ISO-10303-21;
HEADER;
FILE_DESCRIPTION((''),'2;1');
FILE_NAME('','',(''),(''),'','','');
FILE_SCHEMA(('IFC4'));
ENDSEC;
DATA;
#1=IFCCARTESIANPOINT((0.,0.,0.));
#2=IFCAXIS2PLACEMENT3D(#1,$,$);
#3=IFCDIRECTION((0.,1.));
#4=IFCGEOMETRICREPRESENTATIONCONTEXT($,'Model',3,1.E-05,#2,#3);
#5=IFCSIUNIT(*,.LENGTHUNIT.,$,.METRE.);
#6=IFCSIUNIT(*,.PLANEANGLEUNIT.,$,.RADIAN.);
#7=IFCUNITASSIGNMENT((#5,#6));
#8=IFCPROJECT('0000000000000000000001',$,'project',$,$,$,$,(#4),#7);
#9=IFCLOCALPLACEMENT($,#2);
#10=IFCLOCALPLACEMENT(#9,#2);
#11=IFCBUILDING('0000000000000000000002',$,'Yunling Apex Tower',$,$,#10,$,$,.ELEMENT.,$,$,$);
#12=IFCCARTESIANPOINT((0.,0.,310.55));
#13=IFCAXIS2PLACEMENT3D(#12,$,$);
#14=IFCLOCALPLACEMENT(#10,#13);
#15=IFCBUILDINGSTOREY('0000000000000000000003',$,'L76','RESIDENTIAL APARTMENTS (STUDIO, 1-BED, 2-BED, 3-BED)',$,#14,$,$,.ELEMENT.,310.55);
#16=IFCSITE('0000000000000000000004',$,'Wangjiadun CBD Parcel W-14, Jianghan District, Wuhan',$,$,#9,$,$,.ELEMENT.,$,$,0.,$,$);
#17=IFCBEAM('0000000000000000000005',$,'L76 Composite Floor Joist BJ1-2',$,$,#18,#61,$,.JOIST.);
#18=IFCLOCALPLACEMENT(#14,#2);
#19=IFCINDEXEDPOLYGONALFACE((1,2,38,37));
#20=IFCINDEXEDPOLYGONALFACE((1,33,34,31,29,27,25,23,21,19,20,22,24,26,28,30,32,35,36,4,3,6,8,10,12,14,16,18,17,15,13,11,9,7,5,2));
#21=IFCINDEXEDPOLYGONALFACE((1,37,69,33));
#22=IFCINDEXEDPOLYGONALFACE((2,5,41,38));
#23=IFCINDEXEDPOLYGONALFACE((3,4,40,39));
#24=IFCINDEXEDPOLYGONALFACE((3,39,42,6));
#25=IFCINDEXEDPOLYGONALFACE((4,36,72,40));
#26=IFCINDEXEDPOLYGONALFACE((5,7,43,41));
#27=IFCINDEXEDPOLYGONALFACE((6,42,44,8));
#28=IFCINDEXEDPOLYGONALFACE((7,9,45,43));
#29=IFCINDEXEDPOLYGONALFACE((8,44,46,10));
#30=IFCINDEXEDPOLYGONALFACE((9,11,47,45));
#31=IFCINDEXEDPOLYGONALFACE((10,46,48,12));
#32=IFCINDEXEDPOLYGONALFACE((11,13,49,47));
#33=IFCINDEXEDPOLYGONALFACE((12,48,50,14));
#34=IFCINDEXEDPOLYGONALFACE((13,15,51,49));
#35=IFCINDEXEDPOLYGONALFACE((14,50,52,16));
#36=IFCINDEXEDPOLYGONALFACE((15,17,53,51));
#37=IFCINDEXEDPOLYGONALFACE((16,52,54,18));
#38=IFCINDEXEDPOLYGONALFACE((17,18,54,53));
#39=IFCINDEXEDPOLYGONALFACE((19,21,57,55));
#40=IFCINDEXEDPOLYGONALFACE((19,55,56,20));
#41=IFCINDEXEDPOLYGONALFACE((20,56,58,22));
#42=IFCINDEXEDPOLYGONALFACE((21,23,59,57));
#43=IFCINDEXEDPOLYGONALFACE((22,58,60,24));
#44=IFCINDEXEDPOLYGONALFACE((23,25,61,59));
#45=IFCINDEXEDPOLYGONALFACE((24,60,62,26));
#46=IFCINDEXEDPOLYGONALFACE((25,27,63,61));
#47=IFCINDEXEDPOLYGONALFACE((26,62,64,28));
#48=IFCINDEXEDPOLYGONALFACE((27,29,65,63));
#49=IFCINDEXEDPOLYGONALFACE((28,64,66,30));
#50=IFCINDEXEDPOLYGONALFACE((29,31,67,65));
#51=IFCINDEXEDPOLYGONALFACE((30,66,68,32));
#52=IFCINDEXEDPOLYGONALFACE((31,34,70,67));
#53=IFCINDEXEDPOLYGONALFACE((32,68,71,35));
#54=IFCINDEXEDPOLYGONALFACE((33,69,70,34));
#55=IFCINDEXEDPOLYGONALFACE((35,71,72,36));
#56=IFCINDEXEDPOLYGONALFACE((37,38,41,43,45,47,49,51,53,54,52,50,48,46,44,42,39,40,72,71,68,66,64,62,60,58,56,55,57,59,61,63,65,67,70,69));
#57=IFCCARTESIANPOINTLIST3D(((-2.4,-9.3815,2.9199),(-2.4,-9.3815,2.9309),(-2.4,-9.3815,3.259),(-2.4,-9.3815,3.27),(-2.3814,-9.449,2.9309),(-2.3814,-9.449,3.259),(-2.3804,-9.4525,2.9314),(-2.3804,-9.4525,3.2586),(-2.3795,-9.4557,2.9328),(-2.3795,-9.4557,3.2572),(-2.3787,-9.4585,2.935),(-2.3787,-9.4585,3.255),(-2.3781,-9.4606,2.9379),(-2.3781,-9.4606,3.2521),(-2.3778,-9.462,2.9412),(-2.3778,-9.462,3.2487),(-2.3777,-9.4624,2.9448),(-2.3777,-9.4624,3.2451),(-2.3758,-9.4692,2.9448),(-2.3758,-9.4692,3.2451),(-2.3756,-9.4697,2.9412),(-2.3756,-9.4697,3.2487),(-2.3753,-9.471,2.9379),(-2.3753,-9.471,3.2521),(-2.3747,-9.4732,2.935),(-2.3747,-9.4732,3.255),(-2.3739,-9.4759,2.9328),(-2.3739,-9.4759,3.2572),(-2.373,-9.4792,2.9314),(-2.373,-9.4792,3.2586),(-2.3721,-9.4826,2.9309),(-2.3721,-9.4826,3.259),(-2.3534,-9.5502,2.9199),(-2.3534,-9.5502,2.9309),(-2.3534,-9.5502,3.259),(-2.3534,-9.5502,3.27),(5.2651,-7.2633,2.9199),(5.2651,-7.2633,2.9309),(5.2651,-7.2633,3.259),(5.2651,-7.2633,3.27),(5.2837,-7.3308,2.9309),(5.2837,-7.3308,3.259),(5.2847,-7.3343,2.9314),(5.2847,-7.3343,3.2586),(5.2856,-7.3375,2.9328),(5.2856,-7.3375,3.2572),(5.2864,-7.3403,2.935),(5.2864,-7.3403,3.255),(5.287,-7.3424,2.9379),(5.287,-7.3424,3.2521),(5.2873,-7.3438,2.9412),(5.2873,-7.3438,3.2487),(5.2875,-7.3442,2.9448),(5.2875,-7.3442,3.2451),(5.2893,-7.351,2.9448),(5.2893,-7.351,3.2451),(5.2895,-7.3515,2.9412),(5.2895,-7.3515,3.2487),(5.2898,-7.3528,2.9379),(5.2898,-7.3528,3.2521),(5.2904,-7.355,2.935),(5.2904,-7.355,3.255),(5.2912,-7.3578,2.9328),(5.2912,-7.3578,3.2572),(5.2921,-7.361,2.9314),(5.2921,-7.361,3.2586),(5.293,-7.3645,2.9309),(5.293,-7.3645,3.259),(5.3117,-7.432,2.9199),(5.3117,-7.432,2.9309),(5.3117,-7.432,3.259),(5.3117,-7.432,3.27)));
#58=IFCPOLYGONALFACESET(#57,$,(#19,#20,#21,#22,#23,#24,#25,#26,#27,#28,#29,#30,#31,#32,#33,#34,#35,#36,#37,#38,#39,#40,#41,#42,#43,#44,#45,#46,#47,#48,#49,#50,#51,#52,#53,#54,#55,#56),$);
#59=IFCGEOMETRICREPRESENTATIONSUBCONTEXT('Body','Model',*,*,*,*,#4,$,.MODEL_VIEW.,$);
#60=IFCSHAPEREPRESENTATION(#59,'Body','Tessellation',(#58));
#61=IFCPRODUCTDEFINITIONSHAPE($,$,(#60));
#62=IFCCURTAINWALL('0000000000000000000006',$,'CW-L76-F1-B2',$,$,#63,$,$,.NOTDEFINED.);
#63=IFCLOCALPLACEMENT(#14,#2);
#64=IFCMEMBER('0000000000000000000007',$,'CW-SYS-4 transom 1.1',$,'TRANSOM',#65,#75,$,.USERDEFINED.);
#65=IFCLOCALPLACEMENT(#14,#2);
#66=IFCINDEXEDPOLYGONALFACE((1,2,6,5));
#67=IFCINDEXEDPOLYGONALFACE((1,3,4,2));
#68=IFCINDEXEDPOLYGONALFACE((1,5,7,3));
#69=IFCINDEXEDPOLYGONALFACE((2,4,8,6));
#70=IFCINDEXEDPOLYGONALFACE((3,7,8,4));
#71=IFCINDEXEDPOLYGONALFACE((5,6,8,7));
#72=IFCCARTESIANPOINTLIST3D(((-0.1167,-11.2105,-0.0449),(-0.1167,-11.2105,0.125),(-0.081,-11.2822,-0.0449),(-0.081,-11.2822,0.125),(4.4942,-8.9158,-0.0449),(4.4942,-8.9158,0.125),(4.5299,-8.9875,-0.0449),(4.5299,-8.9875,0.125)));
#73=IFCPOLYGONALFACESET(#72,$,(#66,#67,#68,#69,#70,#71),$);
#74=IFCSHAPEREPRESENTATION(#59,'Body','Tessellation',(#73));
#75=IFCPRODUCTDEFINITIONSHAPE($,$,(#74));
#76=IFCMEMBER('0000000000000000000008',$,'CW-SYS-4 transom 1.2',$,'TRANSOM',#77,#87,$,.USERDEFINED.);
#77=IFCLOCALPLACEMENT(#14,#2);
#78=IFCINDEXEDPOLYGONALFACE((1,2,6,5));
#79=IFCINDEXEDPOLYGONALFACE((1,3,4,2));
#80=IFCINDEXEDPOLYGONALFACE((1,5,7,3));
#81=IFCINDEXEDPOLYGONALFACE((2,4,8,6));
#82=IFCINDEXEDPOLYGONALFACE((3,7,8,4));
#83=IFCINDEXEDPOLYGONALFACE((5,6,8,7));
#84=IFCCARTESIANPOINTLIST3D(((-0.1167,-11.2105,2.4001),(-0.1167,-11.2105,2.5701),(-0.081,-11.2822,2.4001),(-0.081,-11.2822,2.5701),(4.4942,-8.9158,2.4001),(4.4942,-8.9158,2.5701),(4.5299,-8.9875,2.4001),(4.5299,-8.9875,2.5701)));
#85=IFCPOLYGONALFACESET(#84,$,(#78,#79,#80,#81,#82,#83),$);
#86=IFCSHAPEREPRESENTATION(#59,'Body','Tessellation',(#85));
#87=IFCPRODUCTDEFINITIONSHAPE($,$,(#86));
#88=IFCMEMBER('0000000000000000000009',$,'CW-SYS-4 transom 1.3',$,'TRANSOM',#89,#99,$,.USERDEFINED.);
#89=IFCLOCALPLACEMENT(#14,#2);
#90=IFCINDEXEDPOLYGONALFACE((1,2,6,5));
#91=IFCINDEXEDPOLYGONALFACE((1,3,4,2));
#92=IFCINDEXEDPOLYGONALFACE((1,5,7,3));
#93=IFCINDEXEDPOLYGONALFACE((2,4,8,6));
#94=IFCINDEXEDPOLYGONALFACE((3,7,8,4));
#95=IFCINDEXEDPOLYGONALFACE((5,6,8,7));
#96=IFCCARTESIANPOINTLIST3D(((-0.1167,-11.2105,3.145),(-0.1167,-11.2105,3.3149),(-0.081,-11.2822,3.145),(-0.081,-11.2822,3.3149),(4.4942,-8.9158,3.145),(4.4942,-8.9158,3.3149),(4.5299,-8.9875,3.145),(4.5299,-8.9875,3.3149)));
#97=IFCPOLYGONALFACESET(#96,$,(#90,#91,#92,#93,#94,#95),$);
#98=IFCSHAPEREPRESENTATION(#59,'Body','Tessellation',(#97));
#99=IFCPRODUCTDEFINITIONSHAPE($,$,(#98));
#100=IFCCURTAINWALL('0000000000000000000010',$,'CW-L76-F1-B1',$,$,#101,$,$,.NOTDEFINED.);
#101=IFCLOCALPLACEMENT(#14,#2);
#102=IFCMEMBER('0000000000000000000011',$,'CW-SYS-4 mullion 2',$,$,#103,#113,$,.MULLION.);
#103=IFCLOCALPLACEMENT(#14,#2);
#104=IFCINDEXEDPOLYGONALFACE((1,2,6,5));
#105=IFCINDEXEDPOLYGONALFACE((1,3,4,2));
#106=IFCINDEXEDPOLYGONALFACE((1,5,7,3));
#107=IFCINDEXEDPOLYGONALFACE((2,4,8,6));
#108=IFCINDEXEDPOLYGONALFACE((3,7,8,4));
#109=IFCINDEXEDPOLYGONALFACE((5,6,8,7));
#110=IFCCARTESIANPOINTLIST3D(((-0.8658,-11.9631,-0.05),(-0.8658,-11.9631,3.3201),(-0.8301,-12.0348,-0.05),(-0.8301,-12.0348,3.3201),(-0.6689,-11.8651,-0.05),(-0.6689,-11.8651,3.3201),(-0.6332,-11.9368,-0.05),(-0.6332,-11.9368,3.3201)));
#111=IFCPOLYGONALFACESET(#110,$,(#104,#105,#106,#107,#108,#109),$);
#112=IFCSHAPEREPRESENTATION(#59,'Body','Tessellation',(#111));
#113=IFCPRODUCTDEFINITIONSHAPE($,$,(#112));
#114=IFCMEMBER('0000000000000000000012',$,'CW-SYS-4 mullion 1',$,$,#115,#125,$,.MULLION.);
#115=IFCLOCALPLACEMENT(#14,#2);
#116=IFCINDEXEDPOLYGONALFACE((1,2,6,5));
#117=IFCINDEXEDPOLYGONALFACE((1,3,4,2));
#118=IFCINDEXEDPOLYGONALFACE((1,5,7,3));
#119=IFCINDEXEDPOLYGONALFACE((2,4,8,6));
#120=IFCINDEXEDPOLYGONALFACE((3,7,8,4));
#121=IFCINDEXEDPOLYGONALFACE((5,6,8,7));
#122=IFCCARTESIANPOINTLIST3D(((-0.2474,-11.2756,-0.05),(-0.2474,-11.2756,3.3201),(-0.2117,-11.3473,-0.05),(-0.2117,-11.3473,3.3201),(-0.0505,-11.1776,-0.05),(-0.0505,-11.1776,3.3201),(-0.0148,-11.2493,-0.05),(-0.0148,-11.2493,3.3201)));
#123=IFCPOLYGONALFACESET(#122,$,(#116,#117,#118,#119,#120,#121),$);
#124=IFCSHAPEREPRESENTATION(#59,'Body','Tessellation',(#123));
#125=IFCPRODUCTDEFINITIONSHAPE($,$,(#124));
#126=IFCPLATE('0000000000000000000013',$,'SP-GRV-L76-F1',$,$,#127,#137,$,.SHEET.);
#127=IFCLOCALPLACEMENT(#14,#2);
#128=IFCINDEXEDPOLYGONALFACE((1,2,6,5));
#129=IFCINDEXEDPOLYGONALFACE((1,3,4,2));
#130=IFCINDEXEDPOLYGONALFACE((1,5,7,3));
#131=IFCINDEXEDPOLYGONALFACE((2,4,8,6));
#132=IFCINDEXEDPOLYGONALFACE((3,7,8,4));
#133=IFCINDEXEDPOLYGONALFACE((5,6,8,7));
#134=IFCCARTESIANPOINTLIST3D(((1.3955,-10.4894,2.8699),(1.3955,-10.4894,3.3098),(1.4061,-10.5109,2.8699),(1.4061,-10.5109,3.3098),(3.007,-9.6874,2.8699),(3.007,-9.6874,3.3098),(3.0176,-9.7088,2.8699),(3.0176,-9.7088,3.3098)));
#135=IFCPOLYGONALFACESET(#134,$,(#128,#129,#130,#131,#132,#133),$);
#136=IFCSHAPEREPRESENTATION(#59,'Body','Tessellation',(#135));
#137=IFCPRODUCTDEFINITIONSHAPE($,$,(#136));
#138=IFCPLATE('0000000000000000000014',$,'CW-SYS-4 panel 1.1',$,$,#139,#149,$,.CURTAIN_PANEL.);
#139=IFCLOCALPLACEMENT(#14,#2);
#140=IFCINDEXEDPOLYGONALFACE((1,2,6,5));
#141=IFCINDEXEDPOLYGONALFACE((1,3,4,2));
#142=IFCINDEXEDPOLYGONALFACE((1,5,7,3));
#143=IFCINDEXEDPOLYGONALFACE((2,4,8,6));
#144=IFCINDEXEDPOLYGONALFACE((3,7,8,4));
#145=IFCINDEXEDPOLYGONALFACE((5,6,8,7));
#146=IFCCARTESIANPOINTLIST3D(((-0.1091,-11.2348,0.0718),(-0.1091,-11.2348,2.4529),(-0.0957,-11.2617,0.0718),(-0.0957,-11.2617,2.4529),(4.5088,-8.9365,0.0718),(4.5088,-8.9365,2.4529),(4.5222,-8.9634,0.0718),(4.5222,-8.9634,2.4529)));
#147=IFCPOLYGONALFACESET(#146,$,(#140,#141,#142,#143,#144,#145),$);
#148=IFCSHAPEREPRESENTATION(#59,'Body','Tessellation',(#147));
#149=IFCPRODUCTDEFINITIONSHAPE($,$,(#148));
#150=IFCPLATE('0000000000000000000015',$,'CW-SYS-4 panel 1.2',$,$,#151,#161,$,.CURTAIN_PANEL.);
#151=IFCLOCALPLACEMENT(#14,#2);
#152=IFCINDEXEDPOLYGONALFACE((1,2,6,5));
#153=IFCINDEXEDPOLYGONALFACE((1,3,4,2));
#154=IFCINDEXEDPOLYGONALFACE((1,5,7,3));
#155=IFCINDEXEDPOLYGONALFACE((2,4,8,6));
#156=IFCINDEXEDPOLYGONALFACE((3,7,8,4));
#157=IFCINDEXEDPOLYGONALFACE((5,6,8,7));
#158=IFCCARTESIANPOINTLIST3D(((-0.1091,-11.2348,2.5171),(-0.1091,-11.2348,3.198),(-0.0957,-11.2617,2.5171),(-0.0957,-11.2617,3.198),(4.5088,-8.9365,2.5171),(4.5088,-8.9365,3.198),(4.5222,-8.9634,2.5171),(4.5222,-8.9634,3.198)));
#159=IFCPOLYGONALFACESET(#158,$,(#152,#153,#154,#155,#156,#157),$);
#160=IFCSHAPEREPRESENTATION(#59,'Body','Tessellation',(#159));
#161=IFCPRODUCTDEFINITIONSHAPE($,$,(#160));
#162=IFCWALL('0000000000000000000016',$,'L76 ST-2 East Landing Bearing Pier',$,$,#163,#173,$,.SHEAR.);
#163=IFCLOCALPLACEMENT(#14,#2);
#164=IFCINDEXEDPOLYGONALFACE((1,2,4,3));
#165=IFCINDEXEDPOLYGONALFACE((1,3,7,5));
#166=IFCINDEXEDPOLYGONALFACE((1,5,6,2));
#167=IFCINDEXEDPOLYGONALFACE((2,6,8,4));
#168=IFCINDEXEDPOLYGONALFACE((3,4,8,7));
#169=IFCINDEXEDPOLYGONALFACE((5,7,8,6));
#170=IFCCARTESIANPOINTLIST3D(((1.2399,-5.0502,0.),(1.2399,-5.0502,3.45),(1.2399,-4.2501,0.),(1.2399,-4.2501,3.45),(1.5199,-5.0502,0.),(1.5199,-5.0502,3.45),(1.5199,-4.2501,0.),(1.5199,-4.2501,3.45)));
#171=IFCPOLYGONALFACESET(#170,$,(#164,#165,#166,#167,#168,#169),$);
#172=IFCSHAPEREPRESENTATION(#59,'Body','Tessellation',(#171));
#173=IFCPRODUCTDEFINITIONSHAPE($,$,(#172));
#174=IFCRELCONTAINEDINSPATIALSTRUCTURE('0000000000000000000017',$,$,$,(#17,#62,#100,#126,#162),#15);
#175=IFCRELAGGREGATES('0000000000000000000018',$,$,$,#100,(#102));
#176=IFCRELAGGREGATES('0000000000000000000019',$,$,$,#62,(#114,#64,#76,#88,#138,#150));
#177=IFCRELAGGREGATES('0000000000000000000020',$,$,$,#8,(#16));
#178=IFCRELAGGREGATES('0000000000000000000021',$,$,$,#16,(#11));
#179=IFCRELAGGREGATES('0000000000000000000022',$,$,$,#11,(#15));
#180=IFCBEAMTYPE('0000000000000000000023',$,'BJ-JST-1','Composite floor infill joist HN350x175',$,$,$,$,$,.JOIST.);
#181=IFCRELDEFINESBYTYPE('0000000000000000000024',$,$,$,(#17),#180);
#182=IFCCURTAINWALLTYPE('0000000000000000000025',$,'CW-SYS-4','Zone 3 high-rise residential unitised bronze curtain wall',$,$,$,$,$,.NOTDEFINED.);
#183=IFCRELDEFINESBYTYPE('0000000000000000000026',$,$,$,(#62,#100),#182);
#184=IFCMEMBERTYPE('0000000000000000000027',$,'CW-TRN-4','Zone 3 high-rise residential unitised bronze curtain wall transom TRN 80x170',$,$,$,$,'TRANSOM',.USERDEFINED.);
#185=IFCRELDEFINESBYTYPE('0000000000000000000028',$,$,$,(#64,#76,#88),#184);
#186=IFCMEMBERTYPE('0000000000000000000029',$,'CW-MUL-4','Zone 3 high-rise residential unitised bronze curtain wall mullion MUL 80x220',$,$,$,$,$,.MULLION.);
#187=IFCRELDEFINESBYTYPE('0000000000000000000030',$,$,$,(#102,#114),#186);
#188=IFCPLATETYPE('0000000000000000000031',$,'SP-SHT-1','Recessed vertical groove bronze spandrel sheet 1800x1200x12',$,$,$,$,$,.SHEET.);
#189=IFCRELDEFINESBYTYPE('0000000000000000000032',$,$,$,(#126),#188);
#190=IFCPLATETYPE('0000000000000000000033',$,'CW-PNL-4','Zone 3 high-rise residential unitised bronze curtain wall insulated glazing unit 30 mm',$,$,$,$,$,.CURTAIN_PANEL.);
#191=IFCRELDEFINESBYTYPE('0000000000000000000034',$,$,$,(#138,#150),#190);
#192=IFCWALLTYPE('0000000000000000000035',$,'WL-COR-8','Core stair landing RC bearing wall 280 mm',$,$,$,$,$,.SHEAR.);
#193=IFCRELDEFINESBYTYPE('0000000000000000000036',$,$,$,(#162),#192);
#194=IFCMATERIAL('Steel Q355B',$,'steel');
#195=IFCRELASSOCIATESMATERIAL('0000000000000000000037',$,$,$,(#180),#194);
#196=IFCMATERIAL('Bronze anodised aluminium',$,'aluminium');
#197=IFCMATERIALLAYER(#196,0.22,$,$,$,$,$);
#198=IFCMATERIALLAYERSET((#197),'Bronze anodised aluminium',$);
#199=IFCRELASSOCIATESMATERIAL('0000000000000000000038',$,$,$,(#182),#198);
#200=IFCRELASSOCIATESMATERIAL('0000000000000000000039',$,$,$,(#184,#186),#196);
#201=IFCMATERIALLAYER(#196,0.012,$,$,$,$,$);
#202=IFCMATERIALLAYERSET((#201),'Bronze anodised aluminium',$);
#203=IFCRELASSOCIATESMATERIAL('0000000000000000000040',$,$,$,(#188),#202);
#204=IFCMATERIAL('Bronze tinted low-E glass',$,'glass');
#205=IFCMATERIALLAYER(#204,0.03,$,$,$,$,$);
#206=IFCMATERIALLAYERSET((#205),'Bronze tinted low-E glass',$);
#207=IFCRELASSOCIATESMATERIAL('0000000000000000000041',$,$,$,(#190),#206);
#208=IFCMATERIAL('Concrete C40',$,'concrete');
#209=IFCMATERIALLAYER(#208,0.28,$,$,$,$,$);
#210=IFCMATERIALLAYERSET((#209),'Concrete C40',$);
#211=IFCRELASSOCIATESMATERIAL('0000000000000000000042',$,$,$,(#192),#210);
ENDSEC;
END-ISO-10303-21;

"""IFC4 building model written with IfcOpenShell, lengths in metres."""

from ifc_helpers import new_model, si_unit, direction, frame, frame_2d, origin, origin_2d, place, context, subcontext, project, spatial, rectangle, i_section, extrude, source, transform, mapped, material, layer, layer_set, material_profile, profile_set, type_object, element, aggregate, save


model = new_model("IFC4")

# Units and contexts
model_context = context("Model", 3, precision=1e-05, world=origin(), true_north=direction((0.0, 1.0)))
body_context = subcontext(model_context, "Body", "Model", "MODEL_VIEW")
ifc_project = project(units=[si_unit("LENGTHUNIT", "METRE"), si_unit("PLANEANGLEUNIT", "RADIAN")], contexts=[model_context])

# Site, building, storey
site_placement = place(None, origin())
site = spatial("IfcSite", under=ifc_project, at=site_placement, Name="Wangjiadun CBD Parcel W-14, Jianghan District, Wuhan", CompositionType="ELEMENT", RefElevation=0.0)
building_placement = place(site_placement, origin())
building = spatial("IfcBuilding", under=site, at=building_placement, Name="Yunling Apex Tower", CompositionType="ELEMENT")
storey_placement = place(building_placement, frame((0.0, 0.0, 310.55)))
storey = spatial("IfcBuildingStorey", under=building, at=storey_placement, Name="L76", Description="RESIDENTIAL APARTMENTS (STUDIO, 1-BED, 2-BED, 3-BED)", CompositionType="ELEMENT", Elevation=310.55)

# Shared definitions
ifc_material_1 = material(Name="Steel Q355B", Category="steel")

# Beam
ifc_material_profile_1 = material_profile(ifc_material_1, i_section(OverallWidth=0.175, OverallDepth=0.3501, WebThickness=0.0071, FlangeThickness=0.011, FilletRadius=0.0139, at=origin_2d()))
ifc_profile_set_1 = profile_set([ifc_material_profile_1], Name="Steel Q355B")
beam_type_1 = type_object("IfcBeamType", Name="BJ-JST-1", Description="Composite floor infill joist HN350x175", PredefinedType="JOIST", material=ifc_profile_set_1)
shared_shape_1 = source(origin(), body_context, "Body", "SweptSolid", [
    extrude(i_section(OverallWidth=0.175, OverallDepth=0.3501, WebThickness=0.0071, FlangeThickness=0.011, FilletRadius=0.0139, at=origin_2d()), origin(), (0.0, 0.0, 1.0), 7.9524),
])
beam_1_placement = place(storey_placement, frame((-2.3767, -9.4658, 3.095), z_axis=(0.963874, 0.266358, 0.0), x_axis=(-0.266358, 0.963874, 0.0)))
element("IfcBeam", 1, at=beam_1_placement, inside=storey, type_object=beam_type_1, Name="L76 Composite Floor Joist BJ1-2", PredefinedType="JOIST", context=body_context, shape_type="MappedRepresentation", body=[
    mapped(shared_shape_1, transform((0.0, 0.0, 0.0), scale=1.0)),
])

# Curtain wall, members
ifc_material_2 = material(Name="Bronze anodised aluminium", Category="aluminium")
ifc_layer_1 = layer(ifc_material_2, 0.22)
ifc_layer_set_1 = layer_set([ifc_layer_1], Name="Bronze anodised aluminium")
curtain_wall_type = type_object("IfcCurtainWallType", Name="CW-SYS-4", Description="Zone 3 high-rise residential unitised bronze curtain wall", PredefinedType="NOTDEFINED", material=ifc_layer_set_1)
curtain_wall_1_placement = place(storey_placement, origin())
curtain_wall_1 = element("IfcCurtainWall", 2, at=curtain_wall_1_placement, inside=storey, type_object=curtain_wall_type, Name="CW-L76-F1-B2", PredefinedType="NOTDEFINED")
ifc_material_profile_2 = material_profile(ifc_material_2, rectangle(XDim=0.0801, YDim=0.1699, at=origin_2d()))
ifc_profile_set_2 = profile_set([ifc_material_profile_2], Name="Bronze anodised aluminium")
member_type_1 = type_object("IfcMemberType", Name="CW-TRN-4", Description="Zone 3 high-rise residential unitised bronze curtain wall transom TRN 80x170", ElementType="TRANSOM", PredefinedType="USERDEFINED", material=ifc_profile_set_2)
shared_shape_2 = source(origin(), body_context, "Body", "SweptSolid", [
    extrude(rectangle(XDim=0.0801, YDim=0.1699, at=origin_2d()), origin(), (0.0, 0.0, 1.0), 5.1504),
])
member_1_placement = place(storey_placement, frame((-0.0989, -11.2463, 0.04), z_axis=(0.89526, 0.445544, 0.0), x_axis=(-0.445544, 0.89526, 0.0)))
member_1 = element("IfcMember", 3, at=member_1_placement, type_object=member_type_1, Name="CW-SYS-4 transom 1.1", ObjectType="TRANSOM", PredefinedType="USERDEFINED", context=body_context, shape_type="MappedRepresentation", body=[
    mapped(shared_shape_2, transform((0.0, 0.0, 0.0), scale=1.0)),
])
member_2_placement = place(storey_placement, frame((-0.0989, -11.2463, 2.4851), z_axis=(0.89526, 0.445544, 0.0), x_axis=(-0.445544, 0.89526, 0.0)))
member_2 = element("IfcMember", 4, at=member_2_placement, type_object=member_type_1, Name="CW-SYS-4 transom 1.2", ObjectType="TRANSOM", PredefinedType="USERDEFINED", context=body_context, shape_type="MappedRepresentation", body=[
    mapped(shared_shape_2, transform((0.0, 0.0, 0.0), scale=1.0)),
])
member_3_placement = place(storey_placement, frame((-0.0989, -11.2463, 3.23), z_axis=(0.89526, 0.445544, 0.0), x_axis=(-0.445544, 0.89526, 0.0)))
member_3 = element("IfcMember", 5, at=member_3_placement, type_object=member_type_1, Name="CW-SYS-4 transom 1.3", ObjectType="TRANSOM", PredefinedType="USERDEFINED", context=body_context, shape_type="MappedRepresentation", body=[
    mapped(shared_shape_2, transform((0.0, 0.0, 0.0), scale=1.0)),
])

# Curtain wall, member
curtain_wall_2_placement = place(storey_placement, origin())
curtain_wall_2 = element("IfcCurtainWall", 6, at=curtain_wall_2_placement, inside=storey, type_object=curtain_wall_type, Name="CW-L76-F1-B1", PredefinedType="NOTDEFINED")
ifc_material_profile_3 = material_profile(ifc_material_2, rectangle(XDim=0.0801, YDim=0.22, at=origin_2d()))
ifc_profile_set_3 = profile_set([ifc_material_profile_3], Name="Bronze anodised aluminium")
member_type_2 = type_object("IfcMemberType", Name="CW-MUL-4", Description="Zone 3 high-rise residential unitised bronze curtain wall mullion MUL 80x220", PredefinedType="MULLION", material=ifc_profile_set_3)
shared_shape_3 = source(origin(), body_context, "Body", "SweptSolid", [
    extrude(rectangle(XDim=0.0801, YDim=0.22, at=origin_2d()), origin(), (0.0, 0.0, 1.0), 3.3701),
])
member_4_placement = place(storey_placement, frame((-0.7495, -11.95, -0.05), z_axis=(0.0, 0.0, 1.0), x_axis=(-0.445568, 0.895248, 0.0)))
member_4 = element("IfcMember", 7, at=member_4_placement, type_object=member_type_2, Name="CW-SYS-4 mullion 2", PredefinedType="MULLION", context=body_context, shape_type="MappedRepresentation", body=[
    mapped(shared_shape_3, transform((0.0, 0.0, 0.0), scale=1.0)),
])
aggregate(curtain_wall_2, [member_4])

# Member
member_5_placement = place(storey_placement, frame((-0.1311, -11.2625, -0.05), z_axis=(0.0, 0.0, 1.0), x_axis=(-0.445561, 0.895252, 0.0)))
member_5 = element("IfcMember", 8, at=member_5_placement, type_object=member_type_2, Name="CW-SYS-4 mullion 1", PredefinedType="MULLION", context=body_context, shape_type="MappedRepresentation", body=[
    mapped(shared_shape_3, transform((0.0, 0.0, 0.0), scale=1.0)),
])

# Plates
ifc_layer_2 = layer(ifc_material_2, 0.012)
ifc_layer_set_2 = layer_set([ifc_layer_2], Name="Bronze anodised aluminium")
plate_type_1 = type_object("IfcPlateType", Name="SP-SHT-1", Description="Recessed vertical groove bronze spandrel sheet 1800x1200x12", PredefinedType="SHEET", material=ifc_layer_set_2)
shared_shape_4 = source(origin(), body_context, "Body", "SweptSolid", [
    extrude(rectangle(XDim=1.8, YDim=0.0239, at=origin_2d()), origin(), (0.0, 0.0, 1.0), 0.4399),
])
plate_1_placement = place(storey_placement, frame((2.2065, -10.0991, 2.8699), z_axis=(0.0, 0.0, 1.0), x_axis=(0.895246, 0.445573, 0.0)))
element("IfcPlate", 9, at=plate_1_placement, inside=storey, type_object=plate_type_1, Name="SP-GRV-L76-F1", PredefinedType="SHEET", context=body_context, shape_type="MappedRepresentation", body=[
    mapped(shared_shape_4, transform((0.0, 0.0, 0.0), scale=1.0)),
])
ifc_material_3 = material(Name="Bronze tinted low-E glass", Category="glass")
ifc_layer_3 = layer(ifc_material_3, 0.03)
ifc_layer_set_3 = layer_set([ifc_layer_3], Name="Bronze tinted low-E glass")
plate_type_2 = type_object("IfcPlateType", Name="CW-PNL-4", Description="Zone 3 high-rise residential unitised bronze curtain wall insulated glazing unit 30 mm", PredefinedType="CURTAIN_PANEL", material=ifc_layer_set_3)
shared_shape_5 = source(origin(), body_context, "Body", "SweptSolid", [
    extrude(rectangle(XDim=5.1582, YDim=0.03, at=origin_2d()), origin(), (0.0, 0.0, 1.0), 2.3811),
])
plate_2_placement = place(storey_placement, frame((2.2065, -10.0991, 0.0718), z_axis=(0.0, 0.0, 1.0), x_axis=(0.895252, 0.445561, 0.0)))
plate_2 = element("IfcPlate", 10, at=plate_2_placement, type_object=plate_type_2, Name="CW-SYS-4 panel 1.1", PredefinedType="CURTAIN_PANEL", context=body_context, shape_type="MappedRepresentation", body=[
    mapped(shared_shape_5, transform((0.0, 0.0, 0.0), scale=1.0)),
])
shared_shape_6 = source(origin(), body_context, "Body", "SweptSolid", [
    extrude(rectangle(XDim=5.1582, YDim=0.03, at=origin_2d()), origin(), (0.0, 0.0, 1.0), 0.6809),
])
plate_3_placement = place(storey_placement, frame((2.2065, -10.0991, 2.5171), z_axis=(0.0, 0.0, 1.0), x_axis=(0.895252, 0.445561, 0.0)))
plate_3 = element("IfcPlate", 11, at=plate_3_placement, type_object=plate_type_2, Name="CW-SYS-4 panel 1.2", PredefinedType="CURTAIN_PANEL", context=body_context, shape_type="MappedRepresentation", body=[
    mapped(shared_shape_6, transform((0.0, 0.0, 0.0), scale=1.0)),
])
aggregate(curtain_wall_1, [member_5, member_1, member_2, member_3, plate_2, plate_3])

# Wall
ifc_material_4 = material(Name="Concrete C40", Category="concrete")
ifc_layer_4 = layer(ifc_material_4, 0.28)
ifc_layer_set_4 = layer_set([ifc_layer_4], Name="Concrete C40")
wall_type_1 = type_object("IfcWallType", Name="WL-COR-8", Description="Core stair landing RC bearing wall 280 mm", PredefinedType="SHEAR", material=ifc_layer_set_4)
wall_1_placement = place(storey_placement, frame((1.3799, -5.05, 0.0), z_axis=(0.0, 0.0, 1.0), x_axis=(0.0, 1.0, 0.0)))
element("IfcWall", 12, at=wall_1_placement, inside=storey, type_object=wall_type_1, Name="L76 ST-2 East Landing Bearing Pier", PredefinedType="SHEAR", context=body_context, shape_type="SweptSolid", body=[
    extrude(rectangle(XDim=0.8, YDim=0.28, at=frame_2d((0.3999, 0.0))), origin(), (0.0, 0.0, 1.0), 3.45),
])

save(model, "model.ifc")
